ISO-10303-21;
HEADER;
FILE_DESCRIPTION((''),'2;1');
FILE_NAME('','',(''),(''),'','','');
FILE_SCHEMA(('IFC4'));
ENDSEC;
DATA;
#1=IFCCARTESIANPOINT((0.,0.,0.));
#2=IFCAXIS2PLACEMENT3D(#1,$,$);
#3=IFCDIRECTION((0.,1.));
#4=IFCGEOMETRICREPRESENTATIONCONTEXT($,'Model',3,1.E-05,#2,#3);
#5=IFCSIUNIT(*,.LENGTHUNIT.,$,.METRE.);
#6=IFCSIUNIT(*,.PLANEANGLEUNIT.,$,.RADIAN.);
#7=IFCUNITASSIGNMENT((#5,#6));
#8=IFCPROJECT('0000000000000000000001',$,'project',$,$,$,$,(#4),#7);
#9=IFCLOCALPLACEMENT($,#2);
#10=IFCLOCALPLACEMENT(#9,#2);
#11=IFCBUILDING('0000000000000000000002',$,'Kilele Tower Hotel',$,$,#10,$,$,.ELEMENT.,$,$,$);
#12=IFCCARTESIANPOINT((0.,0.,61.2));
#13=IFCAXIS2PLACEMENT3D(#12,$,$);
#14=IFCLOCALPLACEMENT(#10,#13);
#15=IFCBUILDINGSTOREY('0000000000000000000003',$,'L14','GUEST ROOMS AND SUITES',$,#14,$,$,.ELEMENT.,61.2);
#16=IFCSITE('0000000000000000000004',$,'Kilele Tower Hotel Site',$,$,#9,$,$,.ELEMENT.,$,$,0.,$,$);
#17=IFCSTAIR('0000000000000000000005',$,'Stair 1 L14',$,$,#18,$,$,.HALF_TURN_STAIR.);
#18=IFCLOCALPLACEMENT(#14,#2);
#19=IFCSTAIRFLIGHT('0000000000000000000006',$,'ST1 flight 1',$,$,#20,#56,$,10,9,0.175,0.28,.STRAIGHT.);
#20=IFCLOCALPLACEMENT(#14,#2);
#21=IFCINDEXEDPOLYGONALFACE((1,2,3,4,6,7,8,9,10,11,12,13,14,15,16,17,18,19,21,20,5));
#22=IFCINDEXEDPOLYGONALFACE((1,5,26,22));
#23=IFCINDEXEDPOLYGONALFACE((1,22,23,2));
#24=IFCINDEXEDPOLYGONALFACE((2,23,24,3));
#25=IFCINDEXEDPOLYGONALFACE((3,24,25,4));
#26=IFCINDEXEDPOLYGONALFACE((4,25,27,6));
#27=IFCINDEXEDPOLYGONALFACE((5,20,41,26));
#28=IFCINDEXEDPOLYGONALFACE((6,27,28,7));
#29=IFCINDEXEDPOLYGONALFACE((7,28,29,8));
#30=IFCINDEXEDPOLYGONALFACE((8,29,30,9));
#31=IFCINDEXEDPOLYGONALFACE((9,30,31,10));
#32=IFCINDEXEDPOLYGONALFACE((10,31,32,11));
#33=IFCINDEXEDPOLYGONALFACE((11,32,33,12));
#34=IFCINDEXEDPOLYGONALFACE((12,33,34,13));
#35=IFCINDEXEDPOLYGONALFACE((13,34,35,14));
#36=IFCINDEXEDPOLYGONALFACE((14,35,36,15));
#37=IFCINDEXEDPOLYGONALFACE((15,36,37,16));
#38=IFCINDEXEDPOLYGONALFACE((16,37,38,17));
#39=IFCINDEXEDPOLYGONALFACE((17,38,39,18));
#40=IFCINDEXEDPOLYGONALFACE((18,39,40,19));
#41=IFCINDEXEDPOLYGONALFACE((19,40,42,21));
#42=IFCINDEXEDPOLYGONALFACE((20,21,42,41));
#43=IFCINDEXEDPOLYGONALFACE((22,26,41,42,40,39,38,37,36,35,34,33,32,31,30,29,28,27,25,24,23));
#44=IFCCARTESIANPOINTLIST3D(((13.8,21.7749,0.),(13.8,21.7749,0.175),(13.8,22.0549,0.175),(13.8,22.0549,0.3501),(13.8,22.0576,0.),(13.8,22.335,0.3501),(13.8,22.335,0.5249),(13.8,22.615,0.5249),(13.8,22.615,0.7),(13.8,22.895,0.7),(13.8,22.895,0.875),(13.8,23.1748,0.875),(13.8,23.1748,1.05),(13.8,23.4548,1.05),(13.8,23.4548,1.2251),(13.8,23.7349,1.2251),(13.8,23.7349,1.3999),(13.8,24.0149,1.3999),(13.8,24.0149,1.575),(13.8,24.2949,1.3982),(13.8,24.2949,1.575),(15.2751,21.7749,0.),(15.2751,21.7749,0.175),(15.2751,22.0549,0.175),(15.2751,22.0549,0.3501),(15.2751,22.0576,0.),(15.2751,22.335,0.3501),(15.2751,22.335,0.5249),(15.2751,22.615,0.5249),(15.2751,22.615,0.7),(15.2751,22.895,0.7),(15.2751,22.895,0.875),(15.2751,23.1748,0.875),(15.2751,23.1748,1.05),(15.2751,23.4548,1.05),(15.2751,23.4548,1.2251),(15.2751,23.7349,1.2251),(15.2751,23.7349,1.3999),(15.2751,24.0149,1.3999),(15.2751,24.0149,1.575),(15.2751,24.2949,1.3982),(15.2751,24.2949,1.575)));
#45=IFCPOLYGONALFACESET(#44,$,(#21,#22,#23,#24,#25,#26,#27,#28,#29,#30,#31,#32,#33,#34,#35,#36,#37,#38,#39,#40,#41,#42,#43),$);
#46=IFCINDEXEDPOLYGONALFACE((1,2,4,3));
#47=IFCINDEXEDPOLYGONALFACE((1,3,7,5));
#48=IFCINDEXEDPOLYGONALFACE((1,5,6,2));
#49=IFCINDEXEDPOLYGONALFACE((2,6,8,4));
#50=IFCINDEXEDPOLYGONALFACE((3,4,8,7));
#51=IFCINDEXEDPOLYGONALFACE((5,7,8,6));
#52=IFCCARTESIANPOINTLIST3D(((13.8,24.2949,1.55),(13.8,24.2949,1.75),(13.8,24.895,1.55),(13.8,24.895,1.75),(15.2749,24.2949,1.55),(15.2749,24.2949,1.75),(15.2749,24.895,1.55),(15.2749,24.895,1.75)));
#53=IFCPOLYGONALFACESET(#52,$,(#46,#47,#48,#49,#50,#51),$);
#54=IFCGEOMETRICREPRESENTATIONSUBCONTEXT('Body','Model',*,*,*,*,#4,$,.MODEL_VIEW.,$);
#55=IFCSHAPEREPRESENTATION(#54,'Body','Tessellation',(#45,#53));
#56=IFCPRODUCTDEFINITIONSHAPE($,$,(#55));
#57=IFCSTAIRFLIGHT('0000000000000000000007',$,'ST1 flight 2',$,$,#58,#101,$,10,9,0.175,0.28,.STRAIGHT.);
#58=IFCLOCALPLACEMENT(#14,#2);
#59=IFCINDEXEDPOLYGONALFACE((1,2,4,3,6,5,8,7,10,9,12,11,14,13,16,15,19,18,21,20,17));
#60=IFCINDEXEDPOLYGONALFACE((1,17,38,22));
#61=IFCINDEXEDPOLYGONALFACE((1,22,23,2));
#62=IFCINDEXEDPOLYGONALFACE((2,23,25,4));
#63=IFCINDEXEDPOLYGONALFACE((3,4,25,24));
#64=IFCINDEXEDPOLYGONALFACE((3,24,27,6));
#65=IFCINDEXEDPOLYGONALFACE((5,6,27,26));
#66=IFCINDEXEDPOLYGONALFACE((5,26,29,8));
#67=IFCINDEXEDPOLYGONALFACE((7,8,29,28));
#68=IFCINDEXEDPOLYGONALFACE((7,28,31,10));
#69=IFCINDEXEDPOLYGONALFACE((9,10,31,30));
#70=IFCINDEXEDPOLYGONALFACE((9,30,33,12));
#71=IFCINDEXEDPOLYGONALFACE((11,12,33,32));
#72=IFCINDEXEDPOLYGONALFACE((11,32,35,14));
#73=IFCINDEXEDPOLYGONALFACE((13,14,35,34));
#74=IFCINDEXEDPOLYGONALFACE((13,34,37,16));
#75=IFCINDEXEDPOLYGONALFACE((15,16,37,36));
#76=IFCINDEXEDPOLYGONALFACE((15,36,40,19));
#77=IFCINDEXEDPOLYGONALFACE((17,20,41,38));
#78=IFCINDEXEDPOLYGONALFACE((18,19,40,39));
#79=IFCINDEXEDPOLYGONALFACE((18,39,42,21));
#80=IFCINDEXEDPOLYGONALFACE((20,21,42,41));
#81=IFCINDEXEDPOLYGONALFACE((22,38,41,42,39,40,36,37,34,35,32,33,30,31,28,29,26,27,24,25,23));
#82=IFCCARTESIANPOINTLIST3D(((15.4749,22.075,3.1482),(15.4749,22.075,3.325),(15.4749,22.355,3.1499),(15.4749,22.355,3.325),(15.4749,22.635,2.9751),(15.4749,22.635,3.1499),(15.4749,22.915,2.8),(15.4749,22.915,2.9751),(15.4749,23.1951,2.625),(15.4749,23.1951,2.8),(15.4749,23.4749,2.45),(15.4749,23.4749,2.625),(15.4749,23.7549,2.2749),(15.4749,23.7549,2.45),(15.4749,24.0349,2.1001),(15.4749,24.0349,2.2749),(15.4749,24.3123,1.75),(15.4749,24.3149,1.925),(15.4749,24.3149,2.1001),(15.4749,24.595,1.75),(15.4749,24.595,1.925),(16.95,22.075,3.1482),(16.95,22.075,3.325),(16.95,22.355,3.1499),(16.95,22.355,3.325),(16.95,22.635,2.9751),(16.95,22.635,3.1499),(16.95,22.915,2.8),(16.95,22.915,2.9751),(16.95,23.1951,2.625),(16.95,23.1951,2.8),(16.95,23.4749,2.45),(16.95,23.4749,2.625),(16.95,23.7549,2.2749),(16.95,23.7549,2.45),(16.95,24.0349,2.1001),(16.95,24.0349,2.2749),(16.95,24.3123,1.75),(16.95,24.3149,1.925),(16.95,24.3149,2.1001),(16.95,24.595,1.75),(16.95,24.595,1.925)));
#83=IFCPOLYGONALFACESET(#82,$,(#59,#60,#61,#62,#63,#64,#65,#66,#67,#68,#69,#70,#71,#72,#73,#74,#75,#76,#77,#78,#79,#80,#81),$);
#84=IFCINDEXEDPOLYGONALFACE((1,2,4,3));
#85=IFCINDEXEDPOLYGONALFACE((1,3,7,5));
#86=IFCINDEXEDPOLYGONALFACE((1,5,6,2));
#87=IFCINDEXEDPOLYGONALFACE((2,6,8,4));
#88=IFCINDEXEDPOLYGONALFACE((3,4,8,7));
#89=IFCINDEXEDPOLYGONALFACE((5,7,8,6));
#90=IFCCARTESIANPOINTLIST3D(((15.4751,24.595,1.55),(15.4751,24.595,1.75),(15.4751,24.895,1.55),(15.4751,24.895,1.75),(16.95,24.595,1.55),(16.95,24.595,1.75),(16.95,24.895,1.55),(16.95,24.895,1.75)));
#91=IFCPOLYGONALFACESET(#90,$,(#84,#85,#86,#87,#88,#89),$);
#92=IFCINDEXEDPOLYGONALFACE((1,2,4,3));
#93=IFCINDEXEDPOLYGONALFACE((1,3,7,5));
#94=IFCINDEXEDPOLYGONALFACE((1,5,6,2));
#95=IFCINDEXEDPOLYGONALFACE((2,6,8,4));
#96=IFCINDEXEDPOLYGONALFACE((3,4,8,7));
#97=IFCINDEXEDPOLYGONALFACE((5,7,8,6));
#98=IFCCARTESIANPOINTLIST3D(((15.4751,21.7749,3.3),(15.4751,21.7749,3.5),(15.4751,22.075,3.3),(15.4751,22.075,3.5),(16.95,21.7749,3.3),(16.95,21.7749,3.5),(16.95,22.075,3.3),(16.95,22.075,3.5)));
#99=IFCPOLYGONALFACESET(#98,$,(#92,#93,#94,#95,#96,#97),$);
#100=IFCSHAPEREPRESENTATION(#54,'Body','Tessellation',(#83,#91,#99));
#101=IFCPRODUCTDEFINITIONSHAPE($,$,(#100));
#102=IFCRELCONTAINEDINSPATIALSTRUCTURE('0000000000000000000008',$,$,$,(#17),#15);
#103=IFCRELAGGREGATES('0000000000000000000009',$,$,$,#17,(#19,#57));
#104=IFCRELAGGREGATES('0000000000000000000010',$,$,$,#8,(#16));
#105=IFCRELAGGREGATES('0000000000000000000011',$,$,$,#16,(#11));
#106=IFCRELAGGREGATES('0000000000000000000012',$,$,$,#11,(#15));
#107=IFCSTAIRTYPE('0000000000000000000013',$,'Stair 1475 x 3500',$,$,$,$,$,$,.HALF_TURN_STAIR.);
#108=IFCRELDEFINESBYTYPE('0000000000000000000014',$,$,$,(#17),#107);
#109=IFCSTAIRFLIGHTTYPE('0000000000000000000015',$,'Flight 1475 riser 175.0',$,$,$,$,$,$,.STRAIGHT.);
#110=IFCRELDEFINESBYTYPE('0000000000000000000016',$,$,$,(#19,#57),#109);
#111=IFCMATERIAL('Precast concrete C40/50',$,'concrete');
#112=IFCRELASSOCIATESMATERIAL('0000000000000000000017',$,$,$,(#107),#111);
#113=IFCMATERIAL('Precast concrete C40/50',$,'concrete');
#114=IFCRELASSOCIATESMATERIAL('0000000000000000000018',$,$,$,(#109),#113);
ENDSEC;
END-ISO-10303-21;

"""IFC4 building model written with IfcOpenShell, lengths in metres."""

from ifc_helpers import new_model, si_unit, direction, frame, origin, place, context, subcontext, project, spatial, polyline, outline, extrude, material, type_object, element, aggregate, save


model = new_model("IFC4")

# Units and contexts
model_context = context("Model", 3, precision=1e-05, world=origin(), true_north=direction((0.0, 1.0)))
body_context = subcontext(model_context, "Body", "Model", "MODEL_VIEW")
ifc_project = project(units=[si_unit("LENGTHUNIT", "METRE"), si_unit("PLANEANGLEUNIT", "RADIAN")], contexts=[model_context])

# Site, building, storey
site_placement = place(None, origin())
site = spatial("IfcSite", under=ifc_project, at=site_placement, Name="Kilele Tower Hotel Site", CompositionType="ELEMENT", RefElevation=0.0)
building_placement = place(site_placement, origin())
building = spatial("IfcBuilding", under=site, at=building_placement, Name="Kilele Tower Hotel", CompositionType="ELEMENT")
storey_placement = place(building_placement, frame((0.0, 0.0, 61.2)))
storey = spatial("IfcBuildingStorey", under=building, at=storey_placement, Name="L14", Description="GUEST ROOMS AND SUITES", CompositionType="ELEMENT", Elevation=61.2)

# Stair, stair flights
ifc_material_1 = material(Name="Precast concrete C40/50", Category="concrete")
stair_type = type_object("IfcStairType", Name="Stair 1475 x 3500", PredefinedType="HALF_TURN_STAIR", material=ifc_material_1)
stair_placement = place(storey_placement, origin())
stair = element("IfcStair", 1, at=stair_placement, inside=storey, type_object=stair_type, Name="Stair 1 L14", PredefinedType="HALF_TURN_STAIR")
ifc_material_2 = material(Name="Precast concrete C40/50", Category="concrete")
stair_flight_type = type_object("IfcStairFlightType", Name="Flight 1475 riser 175.0", PredefinedType="STRAIGHT", material=ifc_material_2)
stair_flight_1_placement = place(storey_placement, frame((14.5376, 21.7749, 0.0), z_axis=(0.0, 0.0, 1.0), x_axis=(0.0, 1.0, 0.0)))
stair_flight_1 = element("IfcStairFlight", 2, at=stair_flight_1_placement, type_object=stair_flight_type, Name="ST1 flight 1", NumberOfRisers=10, NumberOfTreads=9, PredefinedType="STRAIGHT", RiserHeight=0.175, TreadLength=0.28, context=body_context, shape_type="SweptSolid", body=[
    extrude(outline(polyline([(0.0, 0.0), (0.0, 0.175), (0.28, 0.175), (0.28, 0.3501), (0.5601, 0.3501), (0.5601, 0.5249), (0.8401, 0.5249), (0.8401, 0.7), (1.1201, 0.7), (1.1201, 0.875), (1.3999, 0.875), (1.3999, 1.05), (1.6799, 1.05), (1.6799, 1.2251), (1.96, 1.2251), (1.96, 1.3999), (2.24, 1.3999), (2.24, 1.575), (2.52, 1.575), (2.52, 1.75), (2.52, 1.3982), (0.2827, 0.0), (0.0, 0.0)])), frame((0.0, 0.7375, 0.0), z_axis=(0.0, -1.0, 0.0), x_axis=(1.0, 0.0, 0.0)), (0.0, 0.0, 1.0), 1.4751),
    extrude(outline(polyline([(2.52, 0.7375), (2.52, -0.7373), (3.1201, -0.7373), (3.1201, 0.7375), (2.52, 0.7375)])), frame((0.0, 0.0, 1.55)), (0.0, 0.0, 1.0), 0.2),
])
stair_flight_2_placement = place(storey_placement, frame((16.2124, 24.595, 1.75), z_axis=(0.0, 0.0, 1.0), x_axis=(0.0, -1.0, 0.0)))
stair_flight_2 = element("IfcStairFlight", 3, at=stair_flight_2_placement, type_object=stair_flight_type, Name="ST1 flight 2", NumberOfRisers=10, NumberOfTreads=9, PredefinedType="STRAIGHT", RiserHeight=0.175, TreadLength=0.28, context=body_context, shape_type="SweptSolid", body=[
    extrude(outline(polyline([(0.0, 0.0), (0.0, 0.175), (0.28, 0.175), (0.28, 0.3501), (0.5601, 0.3501), (0.5601, 0.5249), (0.8401, 0.5249), (0.8401, 0.7), (1.1201, 0.7), (1.1201, 0.875), (1.3999, 0.875), (1.3999, 1.05), (1.6799, 1.05), (1.6799, 1.2251), (1.96, 1.2251), (1.96, 1.3999), (2.24, 1.3999), (2.24, 1.575), (2.52, 1.575), (2.52, 1.75), (2.52, 1.3982), (0.2827, 0.0), (0.0, 0.0)])), frame((0.0, 0.7375, 0.0), z_axis=(0.0, -1.0, 0.0), x_axis=(1.0, 0.0, 0.0)), (0.0, 0.0, 1.0), 1.4751),
    extrude(outline(polyline([(0.0, -0.7373), (0.0, 0.7375), (-0.3, 0.7375), (-0.3, -0.7373), (0.0, -0.7373)])), frame((0.0, 0.0, -0.2)), (0.0, 0.0, 1.0), 0.2),
    extrude(outline(polyline([(2.8201, -0.7373), (2.8201, 0.7375), (2.52, 0.7375), (2.52, -0.7373), (2.8201, -0.7373)])), frame((0.0, 0.0, 1.55)), (0.0, 0.0, 1.0), 0.2),
])
aggregate(stair, [stair_flight_1, stair_flight_2])

save(model, "model.ifc")
